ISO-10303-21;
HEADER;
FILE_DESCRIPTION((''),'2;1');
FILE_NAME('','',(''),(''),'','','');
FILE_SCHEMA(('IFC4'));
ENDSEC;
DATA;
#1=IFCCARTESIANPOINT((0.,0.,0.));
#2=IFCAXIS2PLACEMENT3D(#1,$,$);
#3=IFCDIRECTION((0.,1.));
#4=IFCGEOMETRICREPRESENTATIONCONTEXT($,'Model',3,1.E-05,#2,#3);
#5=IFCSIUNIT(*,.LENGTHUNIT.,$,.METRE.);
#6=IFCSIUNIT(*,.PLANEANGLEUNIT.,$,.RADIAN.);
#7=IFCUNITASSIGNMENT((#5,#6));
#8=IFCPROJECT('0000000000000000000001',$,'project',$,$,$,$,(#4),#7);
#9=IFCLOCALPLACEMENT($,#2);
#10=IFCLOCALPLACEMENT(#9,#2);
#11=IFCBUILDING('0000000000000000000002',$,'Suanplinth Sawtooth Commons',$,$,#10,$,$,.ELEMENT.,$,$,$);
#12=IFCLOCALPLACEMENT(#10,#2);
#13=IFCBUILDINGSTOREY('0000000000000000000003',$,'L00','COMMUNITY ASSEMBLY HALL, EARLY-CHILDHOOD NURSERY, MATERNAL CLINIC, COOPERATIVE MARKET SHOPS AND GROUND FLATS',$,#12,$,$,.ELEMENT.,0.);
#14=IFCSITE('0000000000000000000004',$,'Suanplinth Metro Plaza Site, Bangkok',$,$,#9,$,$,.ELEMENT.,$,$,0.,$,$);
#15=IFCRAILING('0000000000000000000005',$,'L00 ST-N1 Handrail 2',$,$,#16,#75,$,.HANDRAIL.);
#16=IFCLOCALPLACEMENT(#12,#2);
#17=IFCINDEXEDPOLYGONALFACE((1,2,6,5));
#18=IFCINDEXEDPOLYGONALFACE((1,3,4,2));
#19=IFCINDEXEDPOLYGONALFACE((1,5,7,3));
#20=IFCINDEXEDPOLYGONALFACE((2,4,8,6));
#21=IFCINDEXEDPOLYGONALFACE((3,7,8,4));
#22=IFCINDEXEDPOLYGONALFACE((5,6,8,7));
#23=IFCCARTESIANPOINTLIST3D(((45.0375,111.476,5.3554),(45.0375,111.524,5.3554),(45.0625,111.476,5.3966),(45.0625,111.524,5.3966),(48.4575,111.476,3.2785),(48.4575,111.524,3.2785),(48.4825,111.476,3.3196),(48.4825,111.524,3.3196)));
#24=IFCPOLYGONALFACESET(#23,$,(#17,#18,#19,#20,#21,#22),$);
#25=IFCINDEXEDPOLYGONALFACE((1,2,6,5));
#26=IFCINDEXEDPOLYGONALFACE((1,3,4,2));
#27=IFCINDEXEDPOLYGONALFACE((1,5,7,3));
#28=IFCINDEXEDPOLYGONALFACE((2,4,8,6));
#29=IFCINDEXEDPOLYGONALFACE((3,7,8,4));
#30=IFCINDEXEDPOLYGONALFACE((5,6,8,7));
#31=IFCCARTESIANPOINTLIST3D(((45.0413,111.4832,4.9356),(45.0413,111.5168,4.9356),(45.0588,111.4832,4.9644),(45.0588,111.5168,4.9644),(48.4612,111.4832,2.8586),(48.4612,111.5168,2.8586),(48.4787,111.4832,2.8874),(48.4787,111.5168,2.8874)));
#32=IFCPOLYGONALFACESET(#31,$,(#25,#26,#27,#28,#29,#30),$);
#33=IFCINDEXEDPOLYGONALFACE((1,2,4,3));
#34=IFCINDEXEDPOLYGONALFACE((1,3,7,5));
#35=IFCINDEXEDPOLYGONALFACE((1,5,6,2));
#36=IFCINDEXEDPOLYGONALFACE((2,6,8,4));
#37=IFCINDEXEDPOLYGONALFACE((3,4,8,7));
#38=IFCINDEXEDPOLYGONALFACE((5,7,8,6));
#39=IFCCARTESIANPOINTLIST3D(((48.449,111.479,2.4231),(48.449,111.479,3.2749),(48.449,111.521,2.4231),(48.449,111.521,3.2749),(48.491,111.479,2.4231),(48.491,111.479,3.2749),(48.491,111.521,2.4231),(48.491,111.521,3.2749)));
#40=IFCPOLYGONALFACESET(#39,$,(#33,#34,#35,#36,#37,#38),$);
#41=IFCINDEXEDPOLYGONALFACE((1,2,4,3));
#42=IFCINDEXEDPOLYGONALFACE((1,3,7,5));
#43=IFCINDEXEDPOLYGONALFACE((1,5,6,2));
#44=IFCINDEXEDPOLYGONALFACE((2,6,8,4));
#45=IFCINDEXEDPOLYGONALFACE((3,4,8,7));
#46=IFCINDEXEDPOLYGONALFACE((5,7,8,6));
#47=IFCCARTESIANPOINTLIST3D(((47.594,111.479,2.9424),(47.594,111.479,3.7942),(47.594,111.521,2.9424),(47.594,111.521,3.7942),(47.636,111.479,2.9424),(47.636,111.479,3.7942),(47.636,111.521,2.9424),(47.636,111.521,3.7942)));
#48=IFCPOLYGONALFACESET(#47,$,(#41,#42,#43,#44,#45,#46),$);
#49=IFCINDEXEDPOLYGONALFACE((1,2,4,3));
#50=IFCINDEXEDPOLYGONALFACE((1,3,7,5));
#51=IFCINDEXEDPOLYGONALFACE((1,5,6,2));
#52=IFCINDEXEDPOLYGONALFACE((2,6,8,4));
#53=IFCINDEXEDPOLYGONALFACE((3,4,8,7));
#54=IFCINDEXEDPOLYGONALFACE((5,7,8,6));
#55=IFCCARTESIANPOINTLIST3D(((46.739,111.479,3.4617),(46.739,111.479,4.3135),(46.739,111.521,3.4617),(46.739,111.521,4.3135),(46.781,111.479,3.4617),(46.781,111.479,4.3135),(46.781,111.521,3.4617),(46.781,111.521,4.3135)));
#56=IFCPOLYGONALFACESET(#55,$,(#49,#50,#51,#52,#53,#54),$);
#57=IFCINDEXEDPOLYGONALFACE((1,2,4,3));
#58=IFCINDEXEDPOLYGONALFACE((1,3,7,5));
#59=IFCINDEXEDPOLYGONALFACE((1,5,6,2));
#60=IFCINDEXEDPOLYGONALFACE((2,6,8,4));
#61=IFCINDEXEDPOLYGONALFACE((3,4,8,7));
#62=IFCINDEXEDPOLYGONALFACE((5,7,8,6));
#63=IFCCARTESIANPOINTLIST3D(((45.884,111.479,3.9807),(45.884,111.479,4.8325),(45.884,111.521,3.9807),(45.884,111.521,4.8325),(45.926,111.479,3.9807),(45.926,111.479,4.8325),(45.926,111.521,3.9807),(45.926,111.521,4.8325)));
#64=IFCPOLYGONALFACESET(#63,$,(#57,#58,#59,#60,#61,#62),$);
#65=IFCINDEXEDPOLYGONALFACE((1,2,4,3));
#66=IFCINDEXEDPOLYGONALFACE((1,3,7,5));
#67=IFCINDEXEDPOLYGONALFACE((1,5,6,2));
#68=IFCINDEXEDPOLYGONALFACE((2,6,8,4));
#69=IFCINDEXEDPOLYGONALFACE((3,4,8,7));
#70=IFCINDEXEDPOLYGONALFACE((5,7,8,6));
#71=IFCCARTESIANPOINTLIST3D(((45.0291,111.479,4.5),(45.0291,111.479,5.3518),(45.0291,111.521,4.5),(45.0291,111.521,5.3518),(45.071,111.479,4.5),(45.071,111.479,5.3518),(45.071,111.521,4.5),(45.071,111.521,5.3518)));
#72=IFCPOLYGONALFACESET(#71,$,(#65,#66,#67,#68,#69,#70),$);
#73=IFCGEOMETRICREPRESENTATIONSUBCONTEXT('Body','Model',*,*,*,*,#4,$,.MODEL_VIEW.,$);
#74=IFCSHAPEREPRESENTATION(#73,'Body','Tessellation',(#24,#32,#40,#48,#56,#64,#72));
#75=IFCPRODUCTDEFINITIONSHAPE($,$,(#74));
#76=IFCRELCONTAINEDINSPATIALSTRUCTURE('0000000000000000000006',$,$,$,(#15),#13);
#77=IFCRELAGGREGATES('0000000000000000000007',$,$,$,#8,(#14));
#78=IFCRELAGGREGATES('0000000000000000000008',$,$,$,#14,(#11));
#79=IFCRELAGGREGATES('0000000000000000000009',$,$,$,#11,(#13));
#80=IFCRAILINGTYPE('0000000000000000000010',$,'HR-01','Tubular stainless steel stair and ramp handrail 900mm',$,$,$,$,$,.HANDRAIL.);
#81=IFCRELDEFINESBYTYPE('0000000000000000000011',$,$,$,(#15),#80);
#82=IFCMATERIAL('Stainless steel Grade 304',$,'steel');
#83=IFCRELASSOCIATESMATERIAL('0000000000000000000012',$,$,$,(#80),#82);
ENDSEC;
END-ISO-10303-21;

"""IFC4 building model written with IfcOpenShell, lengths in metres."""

from ifc_helpers import new_model, si_unit, direction, frame, origin, origin_2d, place, context, subcontext, project, spatial, rectangle, extrude, material, type_object, element, save


model = new_model("IFC4")

# Units and contexts
model_context = context("Model", 3, precision=1e-05, world=origin(), true_north=direction((0.0, 1.0)))
body_context = subcontext(model_context, "Body", "Model", "MODEL_VIEW")
ifc_project = project(units=[si_unit("LENGTHUNIT", "METRE"), si_unit("PLANEANGLEUNIT", "RADIAN")], contexts=[model_context])

# Site, building, storey
site_placement = place(None, origin())
site = spatial("IfcSite", under=ifc_project, at=site_placement, Name="Suanplinth Metro Plaza Site, Bangkok", CompositionType="ELEMENT", RefElevation=0.0)
building_placement = place(site_placement, origin())
building = spatial("IfcBuilding", under=site, at=building_placement, Name="Suanplinth Sawtooth Commons", CompositionType="ELEMENT")
storey_placement = place(building_placement, origin())
storey = spatial("IfcBuildingStorey", under=building, at=storey_placement, Name="L00", Description="COMMUNITY ASSEMBLY HALL, EARLY-CHILDHOOD NURSERY, MATERNAL CLINIC, COOPERATIVE MARKET SHOPS AND GROUND FLATS", CompositionType="ELEMENT", Elevation=0.0)

# Shared definitions
ifc_material_1 = material(Name="Stainless steel Grade 304", Category="steel")

# Railing
railing_type_1 = type_object("IfcRailingType", Name="HR-01", Description="Tubular stainless steel stair and ramp handrail 900mm", PredefinedType="HANDRAIL", material=ifc_material_1)
railing_1_placement = place(storey_placement, frame((48.47, 111.5, 2.4231)))
element("IfcRailing", 1, at=railing_1_placement, inside=storey, type_object=railing_type_1, Name="L00 ST-N1 Handrail 2", PredefinedType="HANDRAIL", context=body_context, shape_type="SweptSolid", body=[
    extrude(rectangle(XDim=0.0481, YDim=0.0481, at=origin_2d()), frame((0.0, 0.0, 0.876), z_axis=(-0.85473, 0.0, 0.519074), x_axis=(0.0, -1.0, 0.0)), (0.0, 0.0, 1.0), 4.0012),
    extrude(rectangle(XDim=0.0337, YDim=0.0337, at=origin_2d()), frame((0.0, 0.0, 0.45), z_axis=(-0.85473, 0.0, 0.519074), x_axis=(0.0, -1.0, 0.0)), (0.0, 0.0, 1.0), 4.0012),
    extrude(rectangle(XDim=0.042, YDim=0.042, at=origin_2d()), origin(), (0.0, 0.0, 1.0), 0.8518),
    extrude(rectangle(XDim=0.042, YDim=0.042, at=origin_2d()), frame((-0.855, 0.0, 0.5193)), (0.0, 0.0, 1.0), 0.8518),
    extrude(rectangle(XDim=0.042, YDim=0.042, at=origin_2d()), frame((-1.71, 0.0, 1.0386)), (0.0, 0.0, 1.0), 0.8518),
    extrude(rectangle(XDim=0.042, YDim=0.042, at=origin_2d()), frame((-2.5649, 0.0, 1.5576)), (0.0, 0.0, 1.0), 0.8518),
    extrude(rectangle(XDim=0.042, YDim=0.042, at=origin_2d()), frame((-3.4199, 0.0, 2.0769)), (0.0, 0.0, 1.0), 0.8518),
])

save(model, "model.ifc")
